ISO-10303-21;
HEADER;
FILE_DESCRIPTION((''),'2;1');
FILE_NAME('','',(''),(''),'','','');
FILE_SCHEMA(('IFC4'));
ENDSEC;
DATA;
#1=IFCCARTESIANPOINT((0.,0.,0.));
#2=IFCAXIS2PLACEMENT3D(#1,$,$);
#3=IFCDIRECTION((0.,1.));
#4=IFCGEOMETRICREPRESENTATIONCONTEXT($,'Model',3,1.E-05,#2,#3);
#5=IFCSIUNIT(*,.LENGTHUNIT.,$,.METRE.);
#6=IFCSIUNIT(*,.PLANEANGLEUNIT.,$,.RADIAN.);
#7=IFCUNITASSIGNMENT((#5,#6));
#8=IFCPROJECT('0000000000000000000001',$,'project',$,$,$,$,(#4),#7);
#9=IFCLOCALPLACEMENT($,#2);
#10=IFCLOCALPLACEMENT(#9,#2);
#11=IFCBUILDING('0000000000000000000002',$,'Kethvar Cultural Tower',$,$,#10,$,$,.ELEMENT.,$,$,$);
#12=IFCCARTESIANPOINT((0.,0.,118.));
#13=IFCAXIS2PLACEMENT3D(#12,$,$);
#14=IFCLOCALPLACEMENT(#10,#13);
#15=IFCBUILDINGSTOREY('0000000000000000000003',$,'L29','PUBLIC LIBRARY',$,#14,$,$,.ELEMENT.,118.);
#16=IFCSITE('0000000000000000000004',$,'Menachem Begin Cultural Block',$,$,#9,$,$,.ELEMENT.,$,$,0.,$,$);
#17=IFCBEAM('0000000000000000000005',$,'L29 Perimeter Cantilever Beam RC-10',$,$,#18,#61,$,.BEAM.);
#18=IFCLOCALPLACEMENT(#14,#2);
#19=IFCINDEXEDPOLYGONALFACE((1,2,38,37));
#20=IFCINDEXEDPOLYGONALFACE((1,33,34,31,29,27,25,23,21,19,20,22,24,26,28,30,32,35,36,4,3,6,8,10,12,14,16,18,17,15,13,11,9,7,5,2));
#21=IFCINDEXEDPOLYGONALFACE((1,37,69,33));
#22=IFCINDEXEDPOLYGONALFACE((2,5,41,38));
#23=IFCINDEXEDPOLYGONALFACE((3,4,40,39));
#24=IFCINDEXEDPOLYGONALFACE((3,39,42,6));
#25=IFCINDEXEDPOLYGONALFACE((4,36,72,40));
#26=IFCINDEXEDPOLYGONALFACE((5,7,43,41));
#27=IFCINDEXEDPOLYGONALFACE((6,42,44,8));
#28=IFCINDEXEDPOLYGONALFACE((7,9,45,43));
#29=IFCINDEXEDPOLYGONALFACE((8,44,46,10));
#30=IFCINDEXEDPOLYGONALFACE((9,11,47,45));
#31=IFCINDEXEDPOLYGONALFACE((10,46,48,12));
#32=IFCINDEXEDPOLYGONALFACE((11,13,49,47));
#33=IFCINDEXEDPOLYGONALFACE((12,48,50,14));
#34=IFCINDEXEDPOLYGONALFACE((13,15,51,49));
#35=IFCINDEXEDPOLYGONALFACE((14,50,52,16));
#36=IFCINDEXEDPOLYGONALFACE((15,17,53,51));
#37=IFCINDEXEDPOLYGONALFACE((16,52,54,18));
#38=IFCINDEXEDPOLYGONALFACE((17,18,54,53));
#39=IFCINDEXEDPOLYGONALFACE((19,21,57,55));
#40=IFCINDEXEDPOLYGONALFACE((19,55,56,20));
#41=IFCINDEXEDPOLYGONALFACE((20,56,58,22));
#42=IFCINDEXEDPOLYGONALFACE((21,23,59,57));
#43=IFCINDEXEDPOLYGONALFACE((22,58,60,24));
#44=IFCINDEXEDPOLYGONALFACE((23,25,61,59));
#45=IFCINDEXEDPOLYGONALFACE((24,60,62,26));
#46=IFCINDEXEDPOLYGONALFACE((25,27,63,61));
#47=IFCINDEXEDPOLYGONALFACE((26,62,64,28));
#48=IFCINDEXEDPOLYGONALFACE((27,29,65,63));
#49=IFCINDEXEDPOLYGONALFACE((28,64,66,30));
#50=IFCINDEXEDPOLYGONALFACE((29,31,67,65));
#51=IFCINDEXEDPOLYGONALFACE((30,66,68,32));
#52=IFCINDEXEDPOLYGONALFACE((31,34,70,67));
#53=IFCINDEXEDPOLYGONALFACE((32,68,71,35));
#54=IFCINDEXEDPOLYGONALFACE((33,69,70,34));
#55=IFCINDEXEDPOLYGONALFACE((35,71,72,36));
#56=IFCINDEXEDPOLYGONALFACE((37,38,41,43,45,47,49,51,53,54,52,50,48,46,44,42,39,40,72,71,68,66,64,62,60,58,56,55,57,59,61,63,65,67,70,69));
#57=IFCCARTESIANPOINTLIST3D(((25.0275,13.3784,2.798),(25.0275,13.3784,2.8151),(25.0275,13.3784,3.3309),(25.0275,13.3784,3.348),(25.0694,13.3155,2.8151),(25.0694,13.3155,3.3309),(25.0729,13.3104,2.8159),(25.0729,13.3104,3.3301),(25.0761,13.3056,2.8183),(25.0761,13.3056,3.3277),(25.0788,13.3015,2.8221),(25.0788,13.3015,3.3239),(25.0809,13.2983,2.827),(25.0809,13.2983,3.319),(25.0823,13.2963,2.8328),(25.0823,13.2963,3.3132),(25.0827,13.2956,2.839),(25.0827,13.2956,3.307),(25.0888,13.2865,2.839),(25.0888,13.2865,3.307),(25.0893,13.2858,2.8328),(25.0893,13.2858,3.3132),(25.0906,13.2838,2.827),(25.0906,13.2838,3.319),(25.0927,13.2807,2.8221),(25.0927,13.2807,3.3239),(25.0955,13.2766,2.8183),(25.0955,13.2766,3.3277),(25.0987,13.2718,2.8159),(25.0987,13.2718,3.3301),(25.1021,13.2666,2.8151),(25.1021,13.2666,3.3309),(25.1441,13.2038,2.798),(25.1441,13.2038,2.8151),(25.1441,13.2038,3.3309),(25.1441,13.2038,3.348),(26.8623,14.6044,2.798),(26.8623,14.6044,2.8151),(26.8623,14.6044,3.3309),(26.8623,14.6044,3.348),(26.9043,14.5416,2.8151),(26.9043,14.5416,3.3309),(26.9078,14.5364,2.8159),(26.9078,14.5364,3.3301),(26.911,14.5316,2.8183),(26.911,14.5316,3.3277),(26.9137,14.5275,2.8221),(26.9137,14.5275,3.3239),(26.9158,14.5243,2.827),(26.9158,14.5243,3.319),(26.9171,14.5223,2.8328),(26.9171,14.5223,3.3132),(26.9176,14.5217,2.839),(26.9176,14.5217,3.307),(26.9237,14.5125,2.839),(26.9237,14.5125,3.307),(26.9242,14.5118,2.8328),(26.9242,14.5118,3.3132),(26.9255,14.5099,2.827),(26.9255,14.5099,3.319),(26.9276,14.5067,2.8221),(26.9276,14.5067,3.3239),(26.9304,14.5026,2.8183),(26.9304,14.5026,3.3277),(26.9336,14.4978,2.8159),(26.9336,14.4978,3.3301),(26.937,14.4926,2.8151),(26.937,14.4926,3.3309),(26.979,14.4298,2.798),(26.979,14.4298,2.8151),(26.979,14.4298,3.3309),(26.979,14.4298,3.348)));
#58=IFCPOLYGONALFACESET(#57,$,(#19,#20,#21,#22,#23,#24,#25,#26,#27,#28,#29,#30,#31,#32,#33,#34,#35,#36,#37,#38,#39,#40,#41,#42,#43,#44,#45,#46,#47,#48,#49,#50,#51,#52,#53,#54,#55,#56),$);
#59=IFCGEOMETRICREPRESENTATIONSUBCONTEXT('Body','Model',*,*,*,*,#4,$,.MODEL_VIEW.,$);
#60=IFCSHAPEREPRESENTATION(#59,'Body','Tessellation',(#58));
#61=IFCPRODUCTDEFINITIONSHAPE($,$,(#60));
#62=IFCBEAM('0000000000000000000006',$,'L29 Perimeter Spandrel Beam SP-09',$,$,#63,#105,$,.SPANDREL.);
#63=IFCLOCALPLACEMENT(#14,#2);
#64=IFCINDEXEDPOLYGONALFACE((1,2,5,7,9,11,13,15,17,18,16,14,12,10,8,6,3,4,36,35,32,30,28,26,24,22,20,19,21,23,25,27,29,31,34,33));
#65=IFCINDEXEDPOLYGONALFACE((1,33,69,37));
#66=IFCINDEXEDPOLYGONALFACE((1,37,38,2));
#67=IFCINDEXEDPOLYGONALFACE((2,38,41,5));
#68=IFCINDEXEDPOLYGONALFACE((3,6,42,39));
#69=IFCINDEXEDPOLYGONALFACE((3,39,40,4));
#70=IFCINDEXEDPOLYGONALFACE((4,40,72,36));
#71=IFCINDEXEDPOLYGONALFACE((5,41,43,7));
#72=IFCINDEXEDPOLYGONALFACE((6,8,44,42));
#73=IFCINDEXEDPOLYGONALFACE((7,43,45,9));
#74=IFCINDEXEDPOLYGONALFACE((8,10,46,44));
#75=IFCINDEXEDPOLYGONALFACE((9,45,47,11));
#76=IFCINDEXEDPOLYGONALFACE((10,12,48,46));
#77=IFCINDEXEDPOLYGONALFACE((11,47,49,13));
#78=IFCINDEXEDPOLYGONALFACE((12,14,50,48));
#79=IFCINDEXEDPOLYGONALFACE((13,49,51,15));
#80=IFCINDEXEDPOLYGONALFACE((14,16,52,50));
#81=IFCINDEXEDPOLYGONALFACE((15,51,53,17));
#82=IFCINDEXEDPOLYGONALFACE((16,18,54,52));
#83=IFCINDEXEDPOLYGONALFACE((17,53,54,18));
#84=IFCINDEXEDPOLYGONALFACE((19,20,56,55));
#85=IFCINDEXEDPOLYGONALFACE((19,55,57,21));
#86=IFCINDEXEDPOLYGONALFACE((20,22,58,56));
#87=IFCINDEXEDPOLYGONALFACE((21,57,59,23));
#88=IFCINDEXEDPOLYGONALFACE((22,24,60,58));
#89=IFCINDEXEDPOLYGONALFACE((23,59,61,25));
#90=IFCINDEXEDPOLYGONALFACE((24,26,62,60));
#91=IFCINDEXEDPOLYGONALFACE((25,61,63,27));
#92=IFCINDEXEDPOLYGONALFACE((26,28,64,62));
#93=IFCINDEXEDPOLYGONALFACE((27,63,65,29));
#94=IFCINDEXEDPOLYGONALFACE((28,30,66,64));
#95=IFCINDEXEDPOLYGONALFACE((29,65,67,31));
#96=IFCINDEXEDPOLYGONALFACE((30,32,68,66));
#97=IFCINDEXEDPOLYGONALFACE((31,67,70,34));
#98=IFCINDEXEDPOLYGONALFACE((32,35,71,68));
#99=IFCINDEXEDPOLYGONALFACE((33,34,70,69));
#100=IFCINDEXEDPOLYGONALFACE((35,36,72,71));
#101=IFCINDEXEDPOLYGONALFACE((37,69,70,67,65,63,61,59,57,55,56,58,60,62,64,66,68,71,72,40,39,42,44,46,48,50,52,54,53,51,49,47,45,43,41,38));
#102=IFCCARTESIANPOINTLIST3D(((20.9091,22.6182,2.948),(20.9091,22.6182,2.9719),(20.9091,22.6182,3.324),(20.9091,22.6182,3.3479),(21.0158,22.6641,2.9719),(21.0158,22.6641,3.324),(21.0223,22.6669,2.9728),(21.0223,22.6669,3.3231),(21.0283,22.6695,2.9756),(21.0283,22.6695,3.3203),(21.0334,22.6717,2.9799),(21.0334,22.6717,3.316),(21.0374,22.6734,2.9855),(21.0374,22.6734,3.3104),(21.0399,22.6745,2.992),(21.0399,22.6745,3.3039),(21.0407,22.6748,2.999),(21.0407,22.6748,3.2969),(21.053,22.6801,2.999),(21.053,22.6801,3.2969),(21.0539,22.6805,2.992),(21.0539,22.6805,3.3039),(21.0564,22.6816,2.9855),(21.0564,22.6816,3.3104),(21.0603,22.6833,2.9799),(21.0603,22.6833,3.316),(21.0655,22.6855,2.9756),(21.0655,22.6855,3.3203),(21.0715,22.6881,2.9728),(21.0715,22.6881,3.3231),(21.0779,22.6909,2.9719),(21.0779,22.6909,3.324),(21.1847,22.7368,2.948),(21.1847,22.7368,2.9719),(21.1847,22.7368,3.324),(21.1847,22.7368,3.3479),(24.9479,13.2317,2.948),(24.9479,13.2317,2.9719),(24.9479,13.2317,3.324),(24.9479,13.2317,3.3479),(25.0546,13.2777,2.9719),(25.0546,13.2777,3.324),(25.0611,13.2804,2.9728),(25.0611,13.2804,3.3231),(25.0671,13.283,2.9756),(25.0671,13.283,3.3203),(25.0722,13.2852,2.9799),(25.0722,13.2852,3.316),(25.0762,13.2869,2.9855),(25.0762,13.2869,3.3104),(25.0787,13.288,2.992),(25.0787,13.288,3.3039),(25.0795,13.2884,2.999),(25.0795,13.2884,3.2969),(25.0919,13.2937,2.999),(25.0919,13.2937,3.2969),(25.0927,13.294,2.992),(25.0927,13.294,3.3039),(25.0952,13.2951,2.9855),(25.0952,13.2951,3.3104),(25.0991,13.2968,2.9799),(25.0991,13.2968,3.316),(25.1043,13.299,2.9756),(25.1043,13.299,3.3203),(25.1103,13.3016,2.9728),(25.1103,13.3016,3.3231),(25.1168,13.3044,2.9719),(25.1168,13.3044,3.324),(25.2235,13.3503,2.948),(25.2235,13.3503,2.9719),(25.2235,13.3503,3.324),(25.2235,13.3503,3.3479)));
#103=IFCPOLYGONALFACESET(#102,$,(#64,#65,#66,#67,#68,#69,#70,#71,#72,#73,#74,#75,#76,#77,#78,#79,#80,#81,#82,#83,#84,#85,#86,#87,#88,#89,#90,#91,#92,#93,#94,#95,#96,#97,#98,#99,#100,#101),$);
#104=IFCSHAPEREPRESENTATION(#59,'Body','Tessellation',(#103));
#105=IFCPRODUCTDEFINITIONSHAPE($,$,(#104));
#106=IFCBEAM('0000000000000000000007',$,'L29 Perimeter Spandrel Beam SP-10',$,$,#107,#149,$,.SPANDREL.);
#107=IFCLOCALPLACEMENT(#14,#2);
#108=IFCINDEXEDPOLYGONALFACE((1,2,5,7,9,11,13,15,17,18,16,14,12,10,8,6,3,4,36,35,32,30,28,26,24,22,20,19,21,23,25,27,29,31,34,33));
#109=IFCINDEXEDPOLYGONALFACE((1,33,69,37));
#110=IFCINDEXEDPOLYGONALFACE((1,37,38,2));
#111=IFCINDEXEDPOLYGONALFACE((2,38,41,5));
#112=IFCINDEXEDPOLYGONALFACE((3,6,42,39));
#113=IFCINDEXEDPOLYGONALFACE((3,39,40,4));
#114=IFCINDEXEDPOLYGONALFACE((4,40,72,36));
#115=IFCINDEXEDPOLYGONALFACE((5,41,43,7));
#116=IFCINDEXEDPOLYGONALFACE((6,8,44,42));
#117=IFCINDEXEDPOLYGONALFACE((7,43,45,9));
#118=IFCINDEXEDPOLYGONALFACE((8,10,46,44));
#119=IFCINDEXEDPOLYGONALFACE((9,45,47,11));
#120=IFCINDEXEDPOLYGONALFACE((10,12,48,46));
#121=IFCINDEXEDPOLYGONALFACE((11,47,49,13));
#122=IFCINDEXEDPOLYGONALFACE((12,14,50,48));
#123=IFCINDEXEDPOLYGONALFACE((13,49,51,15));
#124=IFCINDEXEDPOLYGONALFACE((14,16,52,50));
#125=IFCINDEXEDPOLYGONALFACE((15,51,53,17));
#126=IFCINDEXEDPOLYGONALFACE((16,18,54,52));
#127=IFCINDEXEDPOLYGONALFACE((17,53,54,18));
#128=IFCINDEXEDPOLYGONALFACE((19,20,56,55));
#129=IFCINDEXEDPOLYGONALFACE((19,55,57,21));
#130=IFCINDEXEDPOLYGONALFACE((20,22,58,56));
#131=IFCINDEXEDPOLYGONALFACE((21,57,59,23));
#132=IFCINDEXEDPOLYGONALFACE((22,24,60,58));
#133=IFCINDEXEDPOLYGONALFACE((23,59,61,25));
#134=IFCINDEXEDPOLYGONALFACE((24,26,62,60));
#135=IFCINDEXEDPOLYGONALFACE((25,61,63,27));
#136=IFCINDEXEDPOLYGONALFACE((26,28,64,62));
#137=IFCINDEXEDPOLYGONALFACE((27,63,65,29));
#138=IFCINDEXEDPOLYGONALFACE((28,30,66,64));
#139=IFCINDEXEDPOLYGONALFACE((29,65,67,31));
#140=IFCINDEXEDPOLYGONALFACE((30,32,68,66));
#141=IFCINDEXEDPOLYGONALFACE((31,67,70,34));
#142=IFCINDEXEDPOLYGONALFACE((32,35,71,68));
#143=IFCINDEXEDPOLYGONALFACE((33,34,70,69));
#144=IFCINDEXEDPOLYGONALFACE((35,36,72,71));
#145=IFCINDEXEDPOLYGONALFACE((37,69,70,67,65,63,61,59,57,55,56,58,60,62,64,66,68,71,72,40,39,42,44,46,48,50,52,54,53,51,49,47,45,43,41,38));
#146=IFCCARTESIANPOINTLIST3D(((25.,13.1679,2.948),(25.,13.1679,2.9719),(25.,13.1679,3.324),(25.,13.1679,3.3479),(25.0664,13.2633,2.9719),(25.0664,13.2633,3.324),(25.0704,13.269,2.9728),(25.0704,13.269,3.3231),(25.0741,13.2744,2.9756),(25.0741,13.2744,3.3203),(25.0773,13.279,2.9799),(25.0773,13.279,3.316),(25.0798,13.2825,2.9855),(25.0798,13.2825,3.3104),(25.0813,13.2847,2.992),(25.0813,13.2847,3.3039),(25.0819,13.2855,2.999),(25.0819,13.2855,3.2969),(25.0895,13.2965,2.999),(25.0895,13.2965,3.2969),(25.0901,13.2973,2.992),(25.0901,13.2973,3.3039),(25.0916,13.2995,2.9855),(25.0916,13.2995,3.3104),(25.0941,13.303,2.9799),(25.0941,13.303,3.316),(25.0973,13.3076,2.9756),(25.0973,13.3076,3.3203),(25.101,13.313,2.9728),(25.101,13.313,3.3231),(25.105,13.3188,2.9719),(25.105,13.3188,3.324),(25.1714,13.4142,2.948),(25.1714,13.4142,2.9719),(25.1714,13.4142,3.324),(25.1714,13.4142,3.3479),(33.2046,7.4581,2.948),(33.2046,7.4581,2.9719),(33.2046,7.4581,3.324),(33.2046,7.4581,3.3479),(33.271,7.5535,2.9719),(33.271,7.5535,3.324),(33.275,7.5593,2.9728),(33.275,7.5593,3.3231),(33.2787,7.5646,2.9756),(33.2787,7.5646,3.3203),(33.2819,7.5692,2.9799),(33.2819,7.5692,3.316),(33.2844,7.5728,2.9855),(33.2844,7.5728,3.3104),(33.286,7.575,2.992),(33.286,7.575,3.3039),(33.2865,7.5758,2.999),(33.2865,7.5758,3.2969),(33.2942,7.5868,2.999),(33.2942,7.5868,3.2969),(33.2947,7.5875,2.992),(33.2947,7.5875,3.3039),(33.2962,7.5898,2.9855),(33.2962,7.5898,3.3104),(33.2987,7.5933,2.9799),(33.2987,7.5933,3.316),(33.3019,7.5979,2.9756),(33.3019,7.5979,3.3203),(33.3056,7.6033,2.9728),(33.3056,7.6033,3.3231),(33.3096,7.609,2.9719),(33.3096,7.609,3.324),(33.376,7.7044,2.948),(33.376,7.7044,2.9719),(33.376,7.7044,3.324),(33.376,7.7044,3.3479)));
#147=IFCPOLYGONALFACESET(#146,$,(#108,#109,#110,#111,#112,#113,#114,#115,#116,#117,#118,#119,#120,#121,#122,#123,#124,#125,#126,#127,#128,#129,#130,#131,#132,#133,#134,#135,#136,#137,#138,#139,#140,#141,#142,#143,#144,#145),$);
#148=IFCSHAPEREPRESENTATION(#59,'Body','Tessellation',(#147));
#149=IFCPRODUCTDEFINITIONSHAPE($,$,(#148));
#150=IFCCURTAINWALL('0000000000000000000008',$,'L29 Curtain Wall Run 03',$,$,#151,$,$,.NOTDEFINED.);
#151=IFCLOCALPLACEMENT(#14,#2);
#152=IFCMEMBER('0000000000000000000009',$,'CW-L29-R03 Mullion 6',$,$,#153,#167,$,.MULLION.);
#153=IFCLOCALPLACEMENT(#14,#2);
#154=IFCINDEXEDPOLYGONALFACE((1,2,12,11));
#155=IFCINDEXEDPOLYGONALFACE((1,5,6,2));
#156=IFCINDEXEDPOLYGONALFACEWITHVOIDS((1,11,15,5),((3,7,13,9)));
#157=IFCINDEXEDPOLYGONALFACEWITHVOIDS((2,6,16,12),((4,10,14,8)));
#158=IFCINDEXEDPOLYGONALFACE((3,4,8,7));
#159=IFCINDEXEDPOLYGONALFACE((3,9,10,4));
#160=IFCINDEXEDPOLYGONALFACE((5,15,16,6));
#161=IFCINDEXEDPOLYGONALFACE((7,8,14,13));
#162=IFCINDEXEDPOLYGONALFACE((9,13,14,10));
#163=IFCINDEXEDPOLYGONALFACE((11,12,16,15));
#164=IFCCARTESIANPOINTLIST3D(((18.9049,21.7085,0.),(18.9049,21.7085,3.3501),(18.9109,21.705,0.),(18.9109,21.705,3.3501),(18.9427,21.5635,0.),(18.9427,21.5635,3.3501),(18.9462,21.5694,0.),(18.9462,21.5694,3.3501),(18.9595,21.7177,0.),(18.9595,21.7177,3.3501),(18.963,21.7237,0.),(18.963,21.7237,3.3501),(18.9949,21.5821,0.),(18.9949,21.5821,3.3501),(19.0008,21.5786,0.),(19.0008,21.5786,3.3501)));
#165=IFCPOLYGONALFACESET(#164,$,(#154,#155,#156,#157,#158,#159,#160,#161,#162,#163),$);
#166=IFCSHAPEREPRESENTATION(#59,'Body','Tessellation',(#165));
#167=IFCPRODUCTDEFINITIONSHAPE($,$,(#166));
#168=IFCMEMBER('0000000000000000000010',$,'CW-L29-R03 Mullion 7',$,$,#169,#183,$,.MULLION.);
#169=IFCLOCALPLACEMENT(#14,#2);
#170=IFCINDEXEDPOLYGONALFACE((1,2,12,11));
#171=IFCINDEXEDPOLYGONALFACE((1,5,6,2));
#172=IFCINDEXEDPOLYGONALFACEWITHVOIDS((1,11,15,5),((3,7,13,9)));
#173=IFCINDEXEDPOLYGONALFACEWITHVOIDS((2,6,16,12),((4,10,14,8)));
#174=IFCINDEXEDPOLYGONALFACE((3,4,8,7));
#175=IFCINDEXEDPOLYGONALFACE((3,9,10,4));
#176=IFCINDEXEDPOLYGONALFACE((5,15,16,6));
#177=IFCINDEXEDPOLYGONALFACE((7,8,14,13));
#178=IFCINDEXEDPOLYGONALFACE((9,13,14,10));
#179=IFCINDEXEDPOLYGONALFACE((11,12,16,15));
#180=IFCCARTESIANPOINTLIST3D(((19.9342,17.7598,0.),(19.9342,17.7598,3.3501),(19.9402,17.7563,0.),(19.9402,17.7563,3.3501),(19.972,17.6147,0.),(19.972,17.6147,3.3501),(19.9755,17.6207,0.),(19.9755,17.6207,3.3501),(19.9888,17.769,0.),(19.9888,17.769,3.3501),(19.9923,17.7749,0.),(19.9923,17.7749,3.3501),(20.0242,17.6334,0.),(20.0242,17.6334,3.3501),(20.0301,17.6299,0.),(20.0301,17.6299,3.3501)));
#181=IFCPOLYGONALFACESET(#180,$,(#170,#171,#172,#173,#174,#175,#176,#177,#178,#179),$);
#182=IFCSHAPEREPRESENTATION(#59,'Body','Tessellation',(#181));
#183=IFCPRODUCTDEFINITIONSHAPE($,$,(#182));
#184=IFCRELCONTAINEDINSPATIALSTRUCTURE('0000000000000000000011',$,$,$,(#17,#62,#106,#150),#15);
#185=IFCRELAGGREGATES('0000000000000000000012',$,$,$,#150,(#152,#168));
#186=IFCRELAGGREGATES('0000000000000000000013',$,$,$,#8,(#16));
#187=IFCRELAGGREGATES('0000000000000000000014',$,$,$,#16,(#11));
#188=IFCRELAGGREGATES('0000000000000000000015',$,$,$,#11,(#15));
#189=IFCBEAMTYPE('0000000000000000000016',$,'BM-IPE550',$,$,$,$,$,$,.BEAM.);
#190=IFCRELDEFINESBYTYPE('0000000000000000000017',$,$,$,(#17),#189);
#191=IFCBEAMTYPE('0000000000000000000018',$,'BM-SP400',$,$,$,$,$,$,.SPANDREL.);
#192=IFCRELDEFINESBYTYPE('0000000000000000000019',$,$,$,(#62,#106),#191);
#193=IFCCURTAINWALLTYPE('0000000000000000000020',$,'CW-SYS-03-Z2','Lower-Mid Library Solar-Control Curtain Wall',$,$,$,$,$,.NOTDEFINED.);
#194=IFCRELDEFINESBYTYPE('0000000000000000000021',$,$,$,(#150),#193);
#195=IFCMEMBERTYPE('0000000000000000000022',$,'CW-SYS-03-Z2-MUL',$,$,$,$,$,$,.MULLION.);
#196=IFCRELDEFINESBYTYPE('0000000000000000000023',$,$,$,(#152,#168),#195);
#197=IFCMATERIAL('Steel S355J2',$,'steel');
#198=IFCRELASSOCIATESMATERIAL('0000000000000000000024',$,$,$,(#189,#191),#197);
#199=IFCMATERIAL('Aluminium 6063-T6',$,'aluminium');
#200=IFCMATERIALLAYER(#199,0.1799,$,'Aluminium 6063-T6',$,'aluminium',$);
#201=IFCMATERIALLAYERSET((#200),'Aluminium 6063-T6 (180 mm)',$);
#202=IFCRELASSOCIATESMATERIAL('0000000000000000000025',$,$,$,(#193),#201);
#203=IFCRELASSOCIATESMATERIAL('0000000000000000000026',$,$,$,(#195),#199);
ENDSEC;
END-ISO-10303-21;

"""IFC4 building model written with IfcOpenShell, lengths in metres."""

from ifc_helpers import new_model, si_unit, direction, frame, origin, origin_2d, place, context, subcontext, project, spatial, hollow_rectangle, i_section, extrude, source, transform, mapped, material, layer, layer_set, material_profile, profile_set, type_object, element, aggregate, save


model = new_model("IFC4")

# Units and contexts
model_context = context("Model", 3, precision=1e-05, world=origin(), true_north=direction((0.0, 1.0)))
body_context = subcontext(model_context, "Body", "Model", "MODEL_VIEW")
ifc_project = project(units=[si_unit("LENGTHUNIT", "METRE"), si_unit("PLANEANGLEUNIT", "RADIAN")], contexts=[model_context])

# Site, building, storey
site_placement = place(None, origin())
site = spatial("IfcSite", under=ifc_project, at=site_placement, Name="Menachem Begin Cultural Block", CompositionType="ELEMENT", RefElevation=0.0)
building_placement = place(site_placement, origin())
building = spatial("IfcBuilding", under=site, at=building_placement, Name="Kethvar Cultural Tower", CompositionType="ELEMENT")
storey_placement = place(building_placement, frame((0.0, 0.0, 118.0)))
storey = spatial("IfcBuildingStorey", under=building, at=storey_placement, Name="L29", Description="PUBLIC LIBRARY", CompositionType="ELEMENT", Elevation=118.0)

# Beams
ifc_material_1 = material(Name="Steel S355J2", Category="steel")
ifc_material_profile_1 = material_profile(ifc_material_1, i_section(OverallWidth=0.21, OverallDepth=0.55, WebThickness=0.011, FlangeThickness=0.0171, FilletRadius=0.0239, at=origin_2d()), Name="Steel S355J2 — IPE550")
ifc_profile_set_1 = profile_set([ifc_material_profile_1], Name="Steel S355J2 — IPE550")
beam_type_1 = type_object("IfcBeamType", Name="BM-IPE550", PredefinedType="BEAM", material=ifc_profile_set_1)
shared_shape_1 = source(origin(), body_context, "Body", "SweptSolid", [
    extrude(i_section(OverallWidth=0.21, OverallDepth=0.55, WebThickness=0.011, FlangeThickness=0.0171, FilletRadius=0.0239, at=origin_2d()), origin(), (0.0, 0.0, 1.0), 2.2068),
])
beam_1_placement = place(storey_placement, frame((26.9207, 14.5171, 3.073), z_axis=(-0.831471, -0.555568, 0.0), x_axis=(0.555568, -0.831471, 0.0)))
element("IfcBeam", 1, at=beam_1_placement, inside=storey, type_object=beam_type_1, Name="L29 Perimeter Cantilever Beam RC-10", PredefinedType="BEAM", context=body_context, shape_type="MappedRepresentation", body=[
    mapped(shared_shape_1, transform((0.0, 0.0, 0.0), scale=1.0)),
])
ifc_material_profile_2 = material_profile(ifc_material_1, i_section(OverallWidth=0.3, OverallDepth=0.3999, WebThickness=0.0134, FlangeThickness=0.0239, FilletRadius=0.0271, at=origin_2d()), Name="Steel S355J2 — HEB400")
ifc_profile_set_2 = profile_set([ifc_material_profile_2], Name="Steel S355J2 — HEB400")
beam_type_2 = type_object("IfcBeamType", Name="BM-SP400", PredefinedType="SPANDREL", material=ifc_profile_set_2)
shared_shape_2 = source(origin(), body_context, "Body", "SweptSolid", [
    extrude(i_section(OverallWidth=0.3, OverallDepth=0.3999, WebThickness=0.0134, FlangeThickness=0.0239, FilletRadius=0.0271, at=origin_2d()), origin(), (0.0, 0.0, 1.0), 10.2185),
])
beam_2_placement = place(storey_placement, frame((21.0469, 22.6775, 3.1479), z_axis=(0.395245, -0.918576, 0.0), x_axis=(0.918576, 0.395245, 0.0)))
element("IfcBeam", 2, at=beam_2_placement, inside=storey, type_object=beam_type_2, Name="L29 Perimeter Spandrel Beam SP-09", PredefinedType="SPANDREL", context=body_context, shape_type="MappedRepresentation", body=[
    mapped(shared_shape_2, transform((0.0, 0.0, 0.0), scale=1.0)),
])
shared_shape_3 = source(origin(), body_context, "Body", "SweptSolid", [
    extrude(i_section(OverallWidth=0.3, OverallDepth=0.3999, WebThickness=0.0134, FlangeThickness=0.0239, FilletRadius=0.0271, at=origin_2d()), origin(), (0.0, 0.0, 1.0), 9.9958),
])
beam_3_placement = place(storey_placement, frame((25.0857, 13.291, 3.1479), z_axis=(0.820803, -0.571211, 0.0), x_axis=(0.571211, 0.820803, 0.0)))
element("IfcBeam", 3, at=beam_3_placement, inside=storey, type_object=beam_type_2, Name="L29 Perimeter Spandrel Beam SP-10", PredefinedType="SPANDREL", context=body_context, shape_type="MappedRepresentation", body=[
    mapped(shared_shape_3, transform((0.0, 0.0, 0.0), scale=1.0)),
])

# Curtain wall, members
ifc_material_2 = material(Name="Aluminium 6063-T6", Category="aluminium")
ifc_layer_1 = layer(ifc_material_2, 0.1799, Name="Aluminium 6063-T6", Category="aluminium")
ifc_layer_set_1 = layer_set([ifc_layer_1], Name="Aluminium 6063-T6 (180 mm)")
curtain_wall_type = type_object("IfcCurtainWallType", Name="CW-SYS-03-Z2", Description="Lower-Mid Library Solar-Control Curtain Wall", PredefinedType="NOTDEFINED", material=ifc_layer_set_1)
curtain_wall_1_placement = place(storey_placement, origin())
curtain_wall_1 = element("IfcCurtainWall", 4, at=curtain_wall_1_placement, inside=storey, type_object=curtain_wall_type, Name="L29 Curtain Wall Run 03", PredefinedType="NOTDEFINED")
ifc_material_profile_3 = material_profile(ifc_material_2, hollow_rectangle(XDim=0.0601, YDim=0.1499, WallThickness=0.0049, at=origin_2d()), Name="Aluminium 6063-T6 — RHS150x60x5")
ifc_profile_set_3 = profile_set([ifc_material_profile_3], Name="Aluminium 6063-T6 — RHS150x60x5")
member_type_1 = type_object("IfcMemberType", Name="CW-SYS-03-Z2-MUL", PredefinedType="MULLION", material=ifc_profile_set_3)
shared_shape_4 = source(origin(), body_context, "Body", "SweptSolid", [
    extrude(hollow_rectangle(XDim=0.0601, YDim=0.1499, WallThickness=0.0049, at=origin_2d()), origin(), (0.0, 0.0, 1.0), 3.3501),
])
member_1_placement = place(storey_placement, frame((18.9529, 21.6436, 0.0), z_axis=(0.0, 0.0, 1.0), x_axis=(0.96767, 0.252221, 0.0)))
member_1 = element("IfcMember", 5, at=member_1_placement, type_object=member_type_1, Name="CW-L29-R03 Mullion 6", PredefinedType="MULLION", context=body_context, shape_type="MappedRepresentation", body=[
    mapped(shared_shape_4, transform((0.0, 0.0, 0.0), scale=1.0)),
])
member_2_placement = place(storey_placement, frame((19.9822, 17.6948, 0.0), z_axis=(0.0, 0.0, 1.0), x_axis=(0.96767, 0.252221, 0.0)))
member_2 = element("IfcMember", 6, at=member_2_placement, type_object=member_type_1, Name="CW-L29-R03 Mullion 7", PredefinedType="MULLION", context=body_context, shape_type="MappedRepresentation", body=[
    mapped(shared_shape_4, transform((0.0, 0.0, 0.0), scale=1.0)),
])

aggregate(curtain_wall_1, [member_1, member_2])

save(model, "model.ifc")
